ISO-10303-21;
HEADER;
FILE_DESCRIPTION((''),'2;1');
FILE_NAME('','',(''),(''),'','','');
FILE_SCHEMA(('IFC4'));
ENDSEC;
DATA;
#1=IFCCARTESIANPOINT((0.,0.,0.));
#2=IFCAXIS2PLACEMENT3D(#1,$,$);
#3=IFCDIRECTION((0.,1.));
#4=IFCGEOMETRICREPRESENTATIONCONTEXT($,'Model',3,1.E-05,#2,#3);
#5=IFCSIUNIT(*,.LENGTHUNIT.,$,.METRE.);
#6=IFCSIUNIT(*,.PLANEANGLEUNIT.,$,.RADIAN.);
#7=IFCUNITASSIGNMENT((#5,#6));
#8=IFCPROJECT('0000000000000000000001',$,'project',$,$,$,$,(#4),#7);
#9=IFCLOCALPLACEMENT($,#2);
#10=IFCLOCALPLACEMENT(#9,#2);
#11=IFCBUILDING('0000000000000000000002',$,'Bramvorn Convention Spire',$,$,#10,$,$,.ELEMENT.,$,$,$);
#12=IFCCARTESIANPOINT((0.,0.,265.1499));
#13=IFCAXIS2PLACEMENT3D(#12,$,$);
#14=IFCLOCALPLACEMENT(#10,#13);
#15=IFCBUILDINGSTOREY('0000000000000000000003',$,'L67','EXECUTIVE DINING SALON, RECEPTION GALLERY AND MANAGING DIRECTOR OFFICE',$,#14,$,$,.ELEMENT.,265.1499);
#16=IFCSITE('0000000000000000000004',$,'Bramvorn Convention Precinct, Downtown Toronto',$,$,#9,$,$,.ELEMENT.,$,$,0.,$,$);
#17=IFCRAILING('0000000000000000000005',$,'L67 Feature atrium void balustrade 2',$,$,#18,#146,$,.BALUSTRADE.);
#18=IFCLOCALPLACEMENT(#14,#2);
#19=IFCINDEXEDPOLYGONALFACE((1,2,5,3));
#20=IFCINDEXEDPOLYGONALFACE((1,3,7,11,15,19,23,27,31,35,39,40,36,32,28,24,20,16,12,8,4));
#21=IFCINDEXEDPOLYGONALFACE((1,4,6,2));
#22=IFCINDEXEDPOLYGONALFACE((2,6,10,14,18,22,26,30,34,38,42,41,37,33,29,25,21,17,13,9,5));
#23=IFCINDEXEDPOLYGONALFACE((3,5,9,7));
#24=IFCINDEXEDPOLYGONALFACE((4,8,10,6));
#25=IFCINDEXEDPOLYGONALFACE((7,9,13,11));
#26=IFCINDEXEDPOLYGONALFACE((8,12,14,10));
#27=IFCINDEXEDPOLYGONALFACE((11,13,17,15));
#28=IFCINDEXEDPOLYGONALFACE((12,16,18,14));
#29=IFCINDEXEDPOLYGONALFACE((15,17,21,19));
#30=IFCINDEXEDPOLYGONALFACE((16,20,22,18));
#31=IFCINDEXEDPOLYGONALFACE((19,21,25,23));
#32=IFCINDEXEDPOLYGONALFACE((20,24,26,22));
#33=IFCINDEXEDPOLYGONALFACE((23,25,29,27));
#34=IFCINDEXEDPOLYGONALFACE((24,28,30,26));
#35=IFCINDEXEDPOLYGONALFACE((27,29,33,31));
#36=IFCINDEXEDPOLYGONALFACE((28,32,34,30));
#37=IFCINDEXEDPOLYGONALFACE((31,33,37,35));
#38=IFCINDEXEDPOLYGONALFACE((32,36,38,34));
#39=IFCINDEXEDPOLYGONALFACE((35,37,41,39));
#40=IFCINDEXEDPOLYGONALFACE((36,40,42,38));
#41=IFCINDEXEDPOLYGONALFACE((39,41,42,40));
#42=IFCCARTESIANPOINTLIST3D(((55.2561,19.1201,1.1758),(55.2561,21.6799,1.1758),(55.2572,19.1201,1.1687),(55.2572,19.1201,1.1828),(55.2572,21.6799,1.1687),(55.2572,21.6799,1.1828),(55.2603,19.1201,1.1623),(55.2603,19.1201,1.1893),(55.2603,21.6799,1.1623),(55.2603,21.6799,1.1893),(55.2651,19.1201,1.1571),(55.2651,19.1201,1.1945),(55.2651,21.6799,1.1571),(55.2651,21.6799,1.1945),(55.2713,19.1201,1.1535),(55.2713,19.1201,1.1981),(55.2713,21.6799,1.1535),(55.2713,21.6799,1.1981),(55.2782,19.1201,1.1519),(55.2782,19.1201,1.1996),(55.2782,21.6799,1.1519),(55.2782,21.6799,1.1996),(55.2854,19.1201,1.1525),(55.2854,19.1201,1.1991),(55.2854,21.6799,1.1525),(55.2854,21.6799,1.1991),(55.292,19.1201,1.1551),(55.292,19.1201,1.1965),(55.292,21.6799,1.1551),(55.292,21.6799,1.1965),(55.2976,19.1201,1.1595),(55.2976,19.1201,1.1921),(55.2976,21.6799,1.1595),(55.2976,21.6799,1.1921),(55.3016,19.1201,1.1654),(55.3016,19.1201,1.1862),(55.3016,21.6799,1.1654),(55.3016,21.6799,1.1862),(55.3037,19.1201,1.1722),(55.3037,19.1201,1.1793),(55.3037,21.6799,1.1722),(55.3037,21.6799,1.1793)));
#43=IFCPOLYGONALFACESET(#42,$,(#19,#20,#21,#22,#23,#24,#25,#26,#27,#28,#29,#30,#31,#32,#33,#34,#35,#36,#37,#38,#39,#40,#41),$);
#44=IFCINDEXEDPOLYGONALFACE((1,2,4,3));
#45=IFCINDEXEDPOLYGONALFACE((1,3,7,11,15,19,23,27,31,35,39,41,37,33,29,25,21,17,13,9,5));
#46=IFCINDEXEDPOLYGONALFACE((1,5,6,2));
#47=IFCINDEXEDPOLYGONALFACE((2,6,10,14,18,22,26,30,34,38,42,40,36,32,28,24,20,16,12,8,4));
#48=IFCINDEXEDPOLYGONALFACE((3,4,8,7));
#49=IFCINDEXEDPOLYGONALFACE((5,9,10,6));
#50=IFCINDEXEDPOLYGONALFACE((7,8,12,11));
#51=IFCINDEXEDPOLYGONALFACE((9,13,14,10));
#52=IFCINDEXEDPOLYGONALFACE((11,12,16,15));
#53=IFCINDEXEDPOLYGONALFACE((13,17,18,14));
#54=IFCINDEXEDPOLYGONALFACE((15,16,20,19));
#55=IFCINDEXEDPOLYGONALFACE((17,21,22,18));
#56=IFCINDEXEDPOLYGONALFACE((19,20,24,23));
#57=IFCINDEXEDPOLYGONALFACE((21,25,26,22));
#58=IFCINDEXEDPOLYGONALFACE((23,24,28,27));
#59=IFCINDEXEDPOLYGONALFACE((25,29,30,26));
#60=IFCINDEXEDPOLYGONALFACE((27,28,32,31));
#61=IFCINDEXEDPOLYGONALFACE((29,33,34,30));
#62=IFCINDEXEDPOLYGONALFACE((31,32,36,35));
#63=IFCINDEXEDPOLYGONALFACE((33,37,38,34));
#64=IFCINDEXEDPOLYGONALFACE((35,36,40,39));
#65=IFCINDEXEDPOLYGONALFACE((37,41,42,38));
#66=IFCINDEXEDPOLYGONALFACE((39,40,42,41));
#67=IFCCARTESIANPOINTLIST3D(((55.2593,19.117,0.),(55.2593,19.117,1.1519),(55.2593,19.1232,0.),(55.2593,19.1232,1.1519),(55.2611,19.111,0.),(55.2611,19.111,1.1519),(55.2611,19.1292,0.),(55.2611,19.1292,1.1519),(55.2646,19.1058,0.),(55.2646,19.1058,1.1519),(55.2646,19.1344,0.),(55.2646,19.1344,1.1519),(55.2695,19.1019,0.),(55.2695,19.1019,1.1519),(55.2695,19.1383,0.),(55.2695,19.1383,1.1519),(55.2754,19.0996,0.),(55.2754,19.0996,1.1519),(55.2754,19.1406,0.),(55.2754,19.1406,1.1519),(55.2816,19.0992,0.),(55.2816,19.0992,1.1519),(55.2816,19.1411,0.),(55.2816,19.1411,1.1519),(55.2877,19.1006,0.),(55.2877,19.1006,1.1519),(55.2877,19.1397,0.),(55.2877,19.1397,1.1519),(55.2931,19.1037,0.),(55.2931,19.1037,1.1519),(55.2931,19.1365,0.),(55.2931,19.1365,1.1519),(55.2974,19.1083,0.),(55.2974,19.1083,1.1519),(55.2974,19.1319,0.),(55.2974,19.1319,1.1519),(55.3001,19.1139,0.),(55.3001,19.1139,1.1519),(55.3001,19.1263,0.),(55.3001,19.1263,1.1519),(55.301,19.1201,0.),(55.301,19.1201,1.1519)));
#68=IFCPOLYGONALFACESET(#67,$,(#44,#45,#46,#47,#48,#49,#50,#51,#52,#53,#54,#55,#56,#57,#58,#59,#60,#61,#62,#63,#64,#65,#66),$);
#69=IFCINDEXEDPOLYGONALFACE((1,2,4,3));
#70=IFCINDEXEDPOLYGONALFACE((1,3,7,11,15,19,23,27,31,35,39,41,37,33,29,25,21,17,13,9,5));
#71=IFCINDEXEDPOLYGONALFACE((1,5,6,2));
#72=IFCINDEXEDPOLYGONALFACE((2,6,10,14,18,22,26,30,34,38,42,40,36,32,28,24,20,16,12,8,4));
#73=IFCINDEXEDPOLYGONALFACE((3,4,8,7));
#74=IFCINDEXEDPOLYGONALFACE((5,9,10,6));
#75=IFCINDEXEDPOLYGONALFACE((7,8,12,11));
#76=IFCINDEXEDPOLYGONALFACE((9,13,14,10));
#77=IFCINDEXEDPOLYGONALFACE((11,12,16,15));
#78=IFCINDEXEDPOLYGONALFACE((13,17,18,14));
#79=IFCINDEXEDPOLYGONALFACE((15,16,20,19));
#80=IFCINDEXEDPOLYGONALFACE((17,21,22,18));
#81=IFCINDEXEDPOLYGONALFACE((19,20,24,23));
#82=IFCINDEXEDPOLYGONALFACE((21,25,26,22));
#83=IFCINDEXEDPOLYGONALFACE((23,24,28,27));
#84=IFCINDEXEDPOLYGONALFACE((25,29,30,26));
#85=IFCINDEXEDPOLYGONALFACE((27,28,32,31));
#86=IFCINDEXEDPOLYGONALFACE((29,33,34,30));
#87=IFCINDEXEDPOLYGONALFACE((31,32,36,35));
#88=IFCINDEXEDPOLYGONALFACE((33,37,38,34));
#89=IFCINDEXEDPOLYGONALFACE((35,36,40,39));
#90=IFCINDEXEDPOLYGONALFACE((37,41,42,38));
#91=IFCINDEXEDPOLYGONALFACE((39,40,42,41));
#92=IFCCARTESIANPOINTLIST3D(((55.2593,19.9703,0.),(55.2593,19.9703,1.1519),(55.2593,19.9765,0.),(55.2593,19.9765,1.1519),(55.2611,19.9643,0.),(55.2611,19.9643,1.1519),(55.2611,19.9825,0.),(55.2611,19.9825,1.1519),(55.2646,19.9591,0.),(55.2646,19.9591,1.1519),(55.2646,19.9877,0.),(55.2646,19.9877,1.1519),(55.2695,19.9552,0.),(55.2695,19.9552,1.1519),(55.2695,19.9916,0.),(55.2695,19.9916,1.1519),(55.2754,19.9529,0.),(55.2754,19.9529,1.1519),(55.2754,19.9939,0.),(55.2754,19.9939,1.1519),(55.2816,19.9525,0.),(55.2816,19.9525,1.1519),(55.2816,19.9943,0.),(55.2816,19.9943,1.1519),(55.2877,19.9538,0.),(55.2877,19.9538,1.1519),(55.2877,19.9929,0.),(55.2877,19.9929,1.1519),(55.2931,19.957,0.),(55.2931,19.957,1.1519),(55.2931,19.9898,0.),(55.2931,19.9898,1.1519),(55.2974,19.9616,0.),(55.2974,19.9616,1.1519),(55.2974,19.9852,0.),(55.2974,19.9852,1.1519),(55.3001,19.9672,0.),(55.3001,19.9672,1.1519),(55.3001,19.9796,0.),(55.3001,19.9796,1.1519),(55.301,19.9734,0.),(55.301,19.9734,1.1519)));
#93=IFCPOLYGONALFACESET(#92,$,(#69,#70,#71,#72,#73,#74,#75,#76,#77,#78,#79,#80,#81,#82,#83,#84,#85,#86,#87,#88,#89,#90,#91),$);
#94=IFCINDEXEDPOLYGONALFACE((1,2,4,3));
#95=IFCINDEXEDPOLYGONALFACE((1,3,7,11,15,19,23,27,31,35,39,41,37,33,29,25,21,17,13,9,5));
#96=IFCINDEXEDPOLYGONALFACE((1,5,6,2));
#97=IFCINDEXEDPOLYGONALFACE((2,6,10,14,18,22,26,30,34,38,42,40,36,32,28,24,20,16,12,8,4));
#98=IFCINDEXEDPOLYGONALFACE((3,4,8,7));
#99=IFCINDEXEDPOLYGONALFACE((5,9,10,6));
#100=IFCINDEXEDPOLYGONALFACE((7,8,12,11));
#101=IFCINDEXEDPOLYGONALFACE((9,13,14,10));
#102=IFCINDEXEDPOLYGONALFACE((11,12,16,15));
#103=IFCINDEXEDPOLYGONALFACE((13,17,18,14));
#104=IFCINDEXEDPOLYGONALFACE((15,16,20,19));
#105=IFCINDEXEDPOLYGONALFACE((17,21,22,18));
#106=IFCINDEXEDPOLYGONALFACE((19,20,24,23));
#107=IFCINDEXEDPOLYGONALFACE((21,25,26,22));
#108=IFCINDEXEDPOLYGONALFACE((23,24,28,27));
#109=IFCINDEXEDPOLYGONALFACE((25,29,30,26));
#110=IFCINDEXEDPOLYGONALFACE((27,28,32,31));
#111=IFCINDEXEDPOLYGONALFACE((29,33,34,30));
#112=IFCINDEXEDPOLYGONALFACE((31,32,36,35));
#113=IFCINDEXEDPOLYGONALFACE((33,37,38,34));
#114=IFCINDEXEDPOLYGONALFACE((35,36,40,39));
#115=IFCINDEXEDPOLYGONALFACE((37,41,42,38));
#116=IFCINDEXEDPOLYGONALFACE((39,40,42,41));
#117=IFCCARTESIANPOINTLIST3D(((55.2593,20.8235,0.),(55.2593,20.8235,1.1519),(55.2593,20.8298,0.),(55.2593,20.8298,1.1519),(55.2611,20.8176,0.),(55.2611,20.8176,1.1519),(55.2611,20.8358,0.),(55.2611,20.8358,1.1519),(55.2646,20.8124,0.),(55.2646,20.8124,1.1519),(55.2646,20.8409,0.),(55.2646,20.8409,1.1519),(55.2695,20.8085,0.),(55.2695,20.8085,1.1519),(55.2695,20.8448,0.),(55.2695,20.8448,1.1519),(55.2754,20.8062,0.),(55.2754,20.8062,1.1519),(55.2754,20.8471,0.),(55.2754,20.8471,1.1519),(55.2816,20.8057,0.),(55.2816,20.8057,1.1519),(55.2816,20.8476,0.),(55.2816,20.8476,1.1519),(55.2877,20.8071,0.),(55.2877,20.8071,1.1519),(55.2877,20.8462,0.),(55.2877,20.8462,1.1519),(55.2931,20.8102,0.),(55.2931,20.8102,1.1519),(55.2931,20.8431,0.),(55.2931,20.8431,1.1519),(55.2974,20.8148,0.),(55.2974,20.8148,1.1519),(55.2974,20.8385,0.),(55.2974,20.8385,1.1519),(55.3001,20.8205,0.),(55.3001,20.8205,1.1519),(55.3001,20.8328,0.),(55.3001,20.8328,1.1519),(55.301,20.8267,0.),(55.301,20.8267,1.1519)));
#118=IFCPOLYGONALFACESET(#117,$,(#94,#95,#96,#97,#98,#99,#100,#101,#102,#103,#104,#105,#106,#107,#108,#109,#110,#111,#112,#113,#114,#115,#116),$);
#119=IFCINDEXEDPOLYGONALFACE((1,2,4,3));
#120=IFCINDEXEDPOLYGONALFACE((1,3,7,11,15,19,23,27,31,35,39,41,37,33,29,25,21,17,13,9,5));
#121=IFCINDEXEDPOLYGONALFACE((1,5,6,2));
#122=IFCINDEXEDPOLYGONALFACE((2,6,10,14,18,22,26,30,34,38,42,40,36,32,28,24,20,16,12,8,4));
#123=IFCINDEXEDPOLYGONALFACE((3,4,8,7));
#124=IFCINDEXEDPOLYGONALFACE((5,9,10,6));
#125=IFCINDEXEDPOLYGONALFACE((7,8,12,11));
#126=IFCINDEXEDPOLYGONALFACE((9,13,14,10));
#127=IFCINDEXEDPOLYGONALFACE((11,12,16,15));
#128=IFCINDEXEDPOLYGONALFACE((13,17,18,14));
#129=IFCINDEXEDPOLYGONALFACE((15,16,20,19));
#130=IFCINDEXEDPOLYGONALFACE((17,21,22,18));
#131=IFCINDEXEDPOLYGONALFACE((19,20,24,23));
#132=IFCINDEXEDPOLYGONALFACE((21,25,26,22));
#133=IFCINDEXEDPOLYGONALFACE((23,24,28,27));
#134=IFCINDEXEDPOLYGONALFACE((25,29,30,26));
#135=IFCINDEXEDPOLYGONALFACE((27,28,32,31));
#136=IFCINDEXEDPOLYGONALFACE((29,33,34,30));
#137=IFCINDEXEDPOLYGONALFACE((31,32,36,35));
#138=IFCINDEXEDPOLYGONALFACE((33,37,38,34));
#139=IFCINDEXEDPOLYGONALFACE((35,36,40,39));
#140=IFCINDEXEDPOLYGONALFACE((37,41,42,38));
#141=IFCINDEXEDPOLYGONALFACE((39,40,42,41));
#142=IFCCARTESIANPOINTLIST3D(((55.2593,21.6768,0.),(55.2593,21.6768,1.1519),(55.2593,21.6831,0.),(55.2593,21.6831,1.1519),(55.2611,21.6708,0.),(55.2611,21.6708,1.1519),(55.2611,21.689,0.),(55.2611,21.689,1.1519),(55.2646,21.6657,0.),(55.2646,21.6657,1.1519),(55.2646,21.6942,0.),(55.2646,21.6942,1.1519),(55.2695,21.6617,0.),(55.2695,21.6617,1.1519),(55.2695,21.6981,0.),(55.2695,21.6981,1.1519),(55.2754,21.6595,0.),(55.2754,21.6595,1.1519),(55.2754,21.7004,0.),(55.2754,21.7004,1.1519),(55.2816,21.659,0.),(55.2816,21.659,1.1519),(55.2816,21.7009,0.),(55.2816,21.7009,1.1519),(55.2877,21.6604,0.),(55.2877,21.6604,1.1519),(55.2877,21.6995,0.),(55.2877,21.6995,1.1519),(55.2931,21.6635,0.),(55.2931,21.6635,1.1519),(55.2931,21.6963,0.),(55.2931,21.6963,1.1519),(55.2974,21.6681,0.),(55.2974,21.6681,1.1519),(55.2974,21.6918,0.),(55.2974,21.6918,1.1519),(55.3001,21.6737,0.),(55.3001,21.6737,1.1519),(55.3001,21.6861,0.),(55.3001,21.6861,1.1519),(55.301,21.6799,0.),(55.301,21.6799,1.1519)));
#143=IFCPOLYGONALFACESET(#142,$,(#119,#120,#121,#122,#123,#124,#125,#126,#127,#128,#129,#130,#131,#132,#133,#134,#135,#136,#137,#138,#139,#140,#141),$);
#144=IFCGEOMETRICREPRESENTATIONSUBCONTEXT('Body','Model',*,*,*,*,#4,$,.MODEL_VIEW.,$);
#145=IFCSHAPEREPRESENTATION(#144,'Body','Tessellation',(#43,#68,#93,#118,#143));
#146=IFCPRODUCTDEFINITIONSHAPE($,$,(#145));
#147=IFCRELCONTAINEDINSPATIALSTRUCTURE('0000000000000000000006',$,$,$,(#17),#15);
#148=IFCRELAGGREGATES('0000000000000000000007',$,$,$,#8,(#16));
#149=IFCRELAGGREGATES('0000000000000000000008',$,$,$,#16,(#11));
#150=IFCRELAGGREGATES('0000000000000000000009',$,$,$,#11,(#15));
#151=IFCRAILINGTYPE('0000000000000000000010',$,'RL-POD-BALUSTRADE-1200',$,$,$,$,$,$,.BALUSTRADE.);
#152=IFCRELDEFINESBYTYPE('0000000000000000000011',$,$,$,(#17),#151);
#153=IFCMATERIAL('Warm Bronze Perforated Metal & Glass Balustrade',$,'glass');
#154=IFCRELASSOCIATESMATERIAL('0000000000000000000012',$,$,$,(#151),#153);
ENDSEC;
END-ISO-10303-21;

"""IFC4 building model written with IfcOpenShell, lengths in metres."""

from ifc_helpers import new_model, si_unit, direction, frame, origin, origin_2d, place, context, subcontext, project, spatial, circle, extrude, material, type_object, element, save


model = new_model("IFC4")

# Units and contexts
model_context = context("Model", 3, precision=1e-05, world=origin(), true_north=direction((0.0, 1.0)))
body_context = subcontext(model_context, "Body", "Model", "MODEL_VIEW")
ifc_project = project(units=[si_unit("LENGTHUNIT", "METRE"), si_unit("PLANEANGLEUNIT", "RADIAN")], contexts=[model_context])

# Site, building, storey
site_placement = place(None, origin())
site = spatial("IfcSite", under=ifc_project, at=site_placement, Name="Bramvorn Convention Precinct, Downtown Toronto", CompositionType="ELEMENT", RefElevation=0.0)
building_placement = place(site_placement, origin())
building = spatial("IfcBuilding", under=site, at=building_placement, Name="Bramvorn Convention Spire", CompositionType="ELEMENT")
storey_placement = place(building_placement, frame((0.0, 0.0, 265.1499)))
storey = spatial("IfcBuildingStorey", under=building, at=storey_placement, Name="L67", Description="EXECUTIVE DINING SALON, RECEPTION GALLERY AND MANAGING DIRECTOR OFFICE", CompositionType="ELEMENT", Elevation=265.1499)

# Railing
ifc_material_1 = material(Name="Warm Bronze Perforated Metal & Glass Balustrade", Category="glass")
railing_type = type_object("IfcRailingType", Name="RL-POD-BALUSTRADE-1200", PredefinedType="BALUSTRADE", material=ifc_material_1)
railing_1_placement = place(storey_placement, frame((55.28, 19.1201, 0.0)))
element("IfcRailing", 1, at=railing_1_placement, inside=storey, type_object=railing_type, Name="L67 Feature atrium void balustrade 2", PredefinedType="BALUSTRADE", context=body_context, shape_type="SweptSolid", body=[
    extrude(circle(Radius=0.0239, at=origin_2d()), frame((0.0, 0.0, 1.1758), z_axis=(0.0, 1.0, 0.0), x_axis=(-1.0, 0.0, 0.0)), (0.0, 0.0, 1.0), 2.5598),
    extrude(circle(Radius=0.021, at=origin_2d()), origin(), (0.0, 0.0, 1.0), 1.1519),
    extrude(circle(Radius=0.021, at=origin_2d()), frame((0.0, 0.8533, 0.0)), (0.0, 0.0, 1.0), 1.1519),
    extrude(circle(Radius=0.021, at=origin_2d()), frame((0.0, 1.7065, 0.0)), (0.0, 0.0, 1.0), 1.1519),
    extrude(circle(Radius=0.021, at=origin_2d()), frame((0.0, 2.5598, 0.0)), (0.0, 0.0, 1.0), 1.1519),
])

save(model, "model.ifc")
